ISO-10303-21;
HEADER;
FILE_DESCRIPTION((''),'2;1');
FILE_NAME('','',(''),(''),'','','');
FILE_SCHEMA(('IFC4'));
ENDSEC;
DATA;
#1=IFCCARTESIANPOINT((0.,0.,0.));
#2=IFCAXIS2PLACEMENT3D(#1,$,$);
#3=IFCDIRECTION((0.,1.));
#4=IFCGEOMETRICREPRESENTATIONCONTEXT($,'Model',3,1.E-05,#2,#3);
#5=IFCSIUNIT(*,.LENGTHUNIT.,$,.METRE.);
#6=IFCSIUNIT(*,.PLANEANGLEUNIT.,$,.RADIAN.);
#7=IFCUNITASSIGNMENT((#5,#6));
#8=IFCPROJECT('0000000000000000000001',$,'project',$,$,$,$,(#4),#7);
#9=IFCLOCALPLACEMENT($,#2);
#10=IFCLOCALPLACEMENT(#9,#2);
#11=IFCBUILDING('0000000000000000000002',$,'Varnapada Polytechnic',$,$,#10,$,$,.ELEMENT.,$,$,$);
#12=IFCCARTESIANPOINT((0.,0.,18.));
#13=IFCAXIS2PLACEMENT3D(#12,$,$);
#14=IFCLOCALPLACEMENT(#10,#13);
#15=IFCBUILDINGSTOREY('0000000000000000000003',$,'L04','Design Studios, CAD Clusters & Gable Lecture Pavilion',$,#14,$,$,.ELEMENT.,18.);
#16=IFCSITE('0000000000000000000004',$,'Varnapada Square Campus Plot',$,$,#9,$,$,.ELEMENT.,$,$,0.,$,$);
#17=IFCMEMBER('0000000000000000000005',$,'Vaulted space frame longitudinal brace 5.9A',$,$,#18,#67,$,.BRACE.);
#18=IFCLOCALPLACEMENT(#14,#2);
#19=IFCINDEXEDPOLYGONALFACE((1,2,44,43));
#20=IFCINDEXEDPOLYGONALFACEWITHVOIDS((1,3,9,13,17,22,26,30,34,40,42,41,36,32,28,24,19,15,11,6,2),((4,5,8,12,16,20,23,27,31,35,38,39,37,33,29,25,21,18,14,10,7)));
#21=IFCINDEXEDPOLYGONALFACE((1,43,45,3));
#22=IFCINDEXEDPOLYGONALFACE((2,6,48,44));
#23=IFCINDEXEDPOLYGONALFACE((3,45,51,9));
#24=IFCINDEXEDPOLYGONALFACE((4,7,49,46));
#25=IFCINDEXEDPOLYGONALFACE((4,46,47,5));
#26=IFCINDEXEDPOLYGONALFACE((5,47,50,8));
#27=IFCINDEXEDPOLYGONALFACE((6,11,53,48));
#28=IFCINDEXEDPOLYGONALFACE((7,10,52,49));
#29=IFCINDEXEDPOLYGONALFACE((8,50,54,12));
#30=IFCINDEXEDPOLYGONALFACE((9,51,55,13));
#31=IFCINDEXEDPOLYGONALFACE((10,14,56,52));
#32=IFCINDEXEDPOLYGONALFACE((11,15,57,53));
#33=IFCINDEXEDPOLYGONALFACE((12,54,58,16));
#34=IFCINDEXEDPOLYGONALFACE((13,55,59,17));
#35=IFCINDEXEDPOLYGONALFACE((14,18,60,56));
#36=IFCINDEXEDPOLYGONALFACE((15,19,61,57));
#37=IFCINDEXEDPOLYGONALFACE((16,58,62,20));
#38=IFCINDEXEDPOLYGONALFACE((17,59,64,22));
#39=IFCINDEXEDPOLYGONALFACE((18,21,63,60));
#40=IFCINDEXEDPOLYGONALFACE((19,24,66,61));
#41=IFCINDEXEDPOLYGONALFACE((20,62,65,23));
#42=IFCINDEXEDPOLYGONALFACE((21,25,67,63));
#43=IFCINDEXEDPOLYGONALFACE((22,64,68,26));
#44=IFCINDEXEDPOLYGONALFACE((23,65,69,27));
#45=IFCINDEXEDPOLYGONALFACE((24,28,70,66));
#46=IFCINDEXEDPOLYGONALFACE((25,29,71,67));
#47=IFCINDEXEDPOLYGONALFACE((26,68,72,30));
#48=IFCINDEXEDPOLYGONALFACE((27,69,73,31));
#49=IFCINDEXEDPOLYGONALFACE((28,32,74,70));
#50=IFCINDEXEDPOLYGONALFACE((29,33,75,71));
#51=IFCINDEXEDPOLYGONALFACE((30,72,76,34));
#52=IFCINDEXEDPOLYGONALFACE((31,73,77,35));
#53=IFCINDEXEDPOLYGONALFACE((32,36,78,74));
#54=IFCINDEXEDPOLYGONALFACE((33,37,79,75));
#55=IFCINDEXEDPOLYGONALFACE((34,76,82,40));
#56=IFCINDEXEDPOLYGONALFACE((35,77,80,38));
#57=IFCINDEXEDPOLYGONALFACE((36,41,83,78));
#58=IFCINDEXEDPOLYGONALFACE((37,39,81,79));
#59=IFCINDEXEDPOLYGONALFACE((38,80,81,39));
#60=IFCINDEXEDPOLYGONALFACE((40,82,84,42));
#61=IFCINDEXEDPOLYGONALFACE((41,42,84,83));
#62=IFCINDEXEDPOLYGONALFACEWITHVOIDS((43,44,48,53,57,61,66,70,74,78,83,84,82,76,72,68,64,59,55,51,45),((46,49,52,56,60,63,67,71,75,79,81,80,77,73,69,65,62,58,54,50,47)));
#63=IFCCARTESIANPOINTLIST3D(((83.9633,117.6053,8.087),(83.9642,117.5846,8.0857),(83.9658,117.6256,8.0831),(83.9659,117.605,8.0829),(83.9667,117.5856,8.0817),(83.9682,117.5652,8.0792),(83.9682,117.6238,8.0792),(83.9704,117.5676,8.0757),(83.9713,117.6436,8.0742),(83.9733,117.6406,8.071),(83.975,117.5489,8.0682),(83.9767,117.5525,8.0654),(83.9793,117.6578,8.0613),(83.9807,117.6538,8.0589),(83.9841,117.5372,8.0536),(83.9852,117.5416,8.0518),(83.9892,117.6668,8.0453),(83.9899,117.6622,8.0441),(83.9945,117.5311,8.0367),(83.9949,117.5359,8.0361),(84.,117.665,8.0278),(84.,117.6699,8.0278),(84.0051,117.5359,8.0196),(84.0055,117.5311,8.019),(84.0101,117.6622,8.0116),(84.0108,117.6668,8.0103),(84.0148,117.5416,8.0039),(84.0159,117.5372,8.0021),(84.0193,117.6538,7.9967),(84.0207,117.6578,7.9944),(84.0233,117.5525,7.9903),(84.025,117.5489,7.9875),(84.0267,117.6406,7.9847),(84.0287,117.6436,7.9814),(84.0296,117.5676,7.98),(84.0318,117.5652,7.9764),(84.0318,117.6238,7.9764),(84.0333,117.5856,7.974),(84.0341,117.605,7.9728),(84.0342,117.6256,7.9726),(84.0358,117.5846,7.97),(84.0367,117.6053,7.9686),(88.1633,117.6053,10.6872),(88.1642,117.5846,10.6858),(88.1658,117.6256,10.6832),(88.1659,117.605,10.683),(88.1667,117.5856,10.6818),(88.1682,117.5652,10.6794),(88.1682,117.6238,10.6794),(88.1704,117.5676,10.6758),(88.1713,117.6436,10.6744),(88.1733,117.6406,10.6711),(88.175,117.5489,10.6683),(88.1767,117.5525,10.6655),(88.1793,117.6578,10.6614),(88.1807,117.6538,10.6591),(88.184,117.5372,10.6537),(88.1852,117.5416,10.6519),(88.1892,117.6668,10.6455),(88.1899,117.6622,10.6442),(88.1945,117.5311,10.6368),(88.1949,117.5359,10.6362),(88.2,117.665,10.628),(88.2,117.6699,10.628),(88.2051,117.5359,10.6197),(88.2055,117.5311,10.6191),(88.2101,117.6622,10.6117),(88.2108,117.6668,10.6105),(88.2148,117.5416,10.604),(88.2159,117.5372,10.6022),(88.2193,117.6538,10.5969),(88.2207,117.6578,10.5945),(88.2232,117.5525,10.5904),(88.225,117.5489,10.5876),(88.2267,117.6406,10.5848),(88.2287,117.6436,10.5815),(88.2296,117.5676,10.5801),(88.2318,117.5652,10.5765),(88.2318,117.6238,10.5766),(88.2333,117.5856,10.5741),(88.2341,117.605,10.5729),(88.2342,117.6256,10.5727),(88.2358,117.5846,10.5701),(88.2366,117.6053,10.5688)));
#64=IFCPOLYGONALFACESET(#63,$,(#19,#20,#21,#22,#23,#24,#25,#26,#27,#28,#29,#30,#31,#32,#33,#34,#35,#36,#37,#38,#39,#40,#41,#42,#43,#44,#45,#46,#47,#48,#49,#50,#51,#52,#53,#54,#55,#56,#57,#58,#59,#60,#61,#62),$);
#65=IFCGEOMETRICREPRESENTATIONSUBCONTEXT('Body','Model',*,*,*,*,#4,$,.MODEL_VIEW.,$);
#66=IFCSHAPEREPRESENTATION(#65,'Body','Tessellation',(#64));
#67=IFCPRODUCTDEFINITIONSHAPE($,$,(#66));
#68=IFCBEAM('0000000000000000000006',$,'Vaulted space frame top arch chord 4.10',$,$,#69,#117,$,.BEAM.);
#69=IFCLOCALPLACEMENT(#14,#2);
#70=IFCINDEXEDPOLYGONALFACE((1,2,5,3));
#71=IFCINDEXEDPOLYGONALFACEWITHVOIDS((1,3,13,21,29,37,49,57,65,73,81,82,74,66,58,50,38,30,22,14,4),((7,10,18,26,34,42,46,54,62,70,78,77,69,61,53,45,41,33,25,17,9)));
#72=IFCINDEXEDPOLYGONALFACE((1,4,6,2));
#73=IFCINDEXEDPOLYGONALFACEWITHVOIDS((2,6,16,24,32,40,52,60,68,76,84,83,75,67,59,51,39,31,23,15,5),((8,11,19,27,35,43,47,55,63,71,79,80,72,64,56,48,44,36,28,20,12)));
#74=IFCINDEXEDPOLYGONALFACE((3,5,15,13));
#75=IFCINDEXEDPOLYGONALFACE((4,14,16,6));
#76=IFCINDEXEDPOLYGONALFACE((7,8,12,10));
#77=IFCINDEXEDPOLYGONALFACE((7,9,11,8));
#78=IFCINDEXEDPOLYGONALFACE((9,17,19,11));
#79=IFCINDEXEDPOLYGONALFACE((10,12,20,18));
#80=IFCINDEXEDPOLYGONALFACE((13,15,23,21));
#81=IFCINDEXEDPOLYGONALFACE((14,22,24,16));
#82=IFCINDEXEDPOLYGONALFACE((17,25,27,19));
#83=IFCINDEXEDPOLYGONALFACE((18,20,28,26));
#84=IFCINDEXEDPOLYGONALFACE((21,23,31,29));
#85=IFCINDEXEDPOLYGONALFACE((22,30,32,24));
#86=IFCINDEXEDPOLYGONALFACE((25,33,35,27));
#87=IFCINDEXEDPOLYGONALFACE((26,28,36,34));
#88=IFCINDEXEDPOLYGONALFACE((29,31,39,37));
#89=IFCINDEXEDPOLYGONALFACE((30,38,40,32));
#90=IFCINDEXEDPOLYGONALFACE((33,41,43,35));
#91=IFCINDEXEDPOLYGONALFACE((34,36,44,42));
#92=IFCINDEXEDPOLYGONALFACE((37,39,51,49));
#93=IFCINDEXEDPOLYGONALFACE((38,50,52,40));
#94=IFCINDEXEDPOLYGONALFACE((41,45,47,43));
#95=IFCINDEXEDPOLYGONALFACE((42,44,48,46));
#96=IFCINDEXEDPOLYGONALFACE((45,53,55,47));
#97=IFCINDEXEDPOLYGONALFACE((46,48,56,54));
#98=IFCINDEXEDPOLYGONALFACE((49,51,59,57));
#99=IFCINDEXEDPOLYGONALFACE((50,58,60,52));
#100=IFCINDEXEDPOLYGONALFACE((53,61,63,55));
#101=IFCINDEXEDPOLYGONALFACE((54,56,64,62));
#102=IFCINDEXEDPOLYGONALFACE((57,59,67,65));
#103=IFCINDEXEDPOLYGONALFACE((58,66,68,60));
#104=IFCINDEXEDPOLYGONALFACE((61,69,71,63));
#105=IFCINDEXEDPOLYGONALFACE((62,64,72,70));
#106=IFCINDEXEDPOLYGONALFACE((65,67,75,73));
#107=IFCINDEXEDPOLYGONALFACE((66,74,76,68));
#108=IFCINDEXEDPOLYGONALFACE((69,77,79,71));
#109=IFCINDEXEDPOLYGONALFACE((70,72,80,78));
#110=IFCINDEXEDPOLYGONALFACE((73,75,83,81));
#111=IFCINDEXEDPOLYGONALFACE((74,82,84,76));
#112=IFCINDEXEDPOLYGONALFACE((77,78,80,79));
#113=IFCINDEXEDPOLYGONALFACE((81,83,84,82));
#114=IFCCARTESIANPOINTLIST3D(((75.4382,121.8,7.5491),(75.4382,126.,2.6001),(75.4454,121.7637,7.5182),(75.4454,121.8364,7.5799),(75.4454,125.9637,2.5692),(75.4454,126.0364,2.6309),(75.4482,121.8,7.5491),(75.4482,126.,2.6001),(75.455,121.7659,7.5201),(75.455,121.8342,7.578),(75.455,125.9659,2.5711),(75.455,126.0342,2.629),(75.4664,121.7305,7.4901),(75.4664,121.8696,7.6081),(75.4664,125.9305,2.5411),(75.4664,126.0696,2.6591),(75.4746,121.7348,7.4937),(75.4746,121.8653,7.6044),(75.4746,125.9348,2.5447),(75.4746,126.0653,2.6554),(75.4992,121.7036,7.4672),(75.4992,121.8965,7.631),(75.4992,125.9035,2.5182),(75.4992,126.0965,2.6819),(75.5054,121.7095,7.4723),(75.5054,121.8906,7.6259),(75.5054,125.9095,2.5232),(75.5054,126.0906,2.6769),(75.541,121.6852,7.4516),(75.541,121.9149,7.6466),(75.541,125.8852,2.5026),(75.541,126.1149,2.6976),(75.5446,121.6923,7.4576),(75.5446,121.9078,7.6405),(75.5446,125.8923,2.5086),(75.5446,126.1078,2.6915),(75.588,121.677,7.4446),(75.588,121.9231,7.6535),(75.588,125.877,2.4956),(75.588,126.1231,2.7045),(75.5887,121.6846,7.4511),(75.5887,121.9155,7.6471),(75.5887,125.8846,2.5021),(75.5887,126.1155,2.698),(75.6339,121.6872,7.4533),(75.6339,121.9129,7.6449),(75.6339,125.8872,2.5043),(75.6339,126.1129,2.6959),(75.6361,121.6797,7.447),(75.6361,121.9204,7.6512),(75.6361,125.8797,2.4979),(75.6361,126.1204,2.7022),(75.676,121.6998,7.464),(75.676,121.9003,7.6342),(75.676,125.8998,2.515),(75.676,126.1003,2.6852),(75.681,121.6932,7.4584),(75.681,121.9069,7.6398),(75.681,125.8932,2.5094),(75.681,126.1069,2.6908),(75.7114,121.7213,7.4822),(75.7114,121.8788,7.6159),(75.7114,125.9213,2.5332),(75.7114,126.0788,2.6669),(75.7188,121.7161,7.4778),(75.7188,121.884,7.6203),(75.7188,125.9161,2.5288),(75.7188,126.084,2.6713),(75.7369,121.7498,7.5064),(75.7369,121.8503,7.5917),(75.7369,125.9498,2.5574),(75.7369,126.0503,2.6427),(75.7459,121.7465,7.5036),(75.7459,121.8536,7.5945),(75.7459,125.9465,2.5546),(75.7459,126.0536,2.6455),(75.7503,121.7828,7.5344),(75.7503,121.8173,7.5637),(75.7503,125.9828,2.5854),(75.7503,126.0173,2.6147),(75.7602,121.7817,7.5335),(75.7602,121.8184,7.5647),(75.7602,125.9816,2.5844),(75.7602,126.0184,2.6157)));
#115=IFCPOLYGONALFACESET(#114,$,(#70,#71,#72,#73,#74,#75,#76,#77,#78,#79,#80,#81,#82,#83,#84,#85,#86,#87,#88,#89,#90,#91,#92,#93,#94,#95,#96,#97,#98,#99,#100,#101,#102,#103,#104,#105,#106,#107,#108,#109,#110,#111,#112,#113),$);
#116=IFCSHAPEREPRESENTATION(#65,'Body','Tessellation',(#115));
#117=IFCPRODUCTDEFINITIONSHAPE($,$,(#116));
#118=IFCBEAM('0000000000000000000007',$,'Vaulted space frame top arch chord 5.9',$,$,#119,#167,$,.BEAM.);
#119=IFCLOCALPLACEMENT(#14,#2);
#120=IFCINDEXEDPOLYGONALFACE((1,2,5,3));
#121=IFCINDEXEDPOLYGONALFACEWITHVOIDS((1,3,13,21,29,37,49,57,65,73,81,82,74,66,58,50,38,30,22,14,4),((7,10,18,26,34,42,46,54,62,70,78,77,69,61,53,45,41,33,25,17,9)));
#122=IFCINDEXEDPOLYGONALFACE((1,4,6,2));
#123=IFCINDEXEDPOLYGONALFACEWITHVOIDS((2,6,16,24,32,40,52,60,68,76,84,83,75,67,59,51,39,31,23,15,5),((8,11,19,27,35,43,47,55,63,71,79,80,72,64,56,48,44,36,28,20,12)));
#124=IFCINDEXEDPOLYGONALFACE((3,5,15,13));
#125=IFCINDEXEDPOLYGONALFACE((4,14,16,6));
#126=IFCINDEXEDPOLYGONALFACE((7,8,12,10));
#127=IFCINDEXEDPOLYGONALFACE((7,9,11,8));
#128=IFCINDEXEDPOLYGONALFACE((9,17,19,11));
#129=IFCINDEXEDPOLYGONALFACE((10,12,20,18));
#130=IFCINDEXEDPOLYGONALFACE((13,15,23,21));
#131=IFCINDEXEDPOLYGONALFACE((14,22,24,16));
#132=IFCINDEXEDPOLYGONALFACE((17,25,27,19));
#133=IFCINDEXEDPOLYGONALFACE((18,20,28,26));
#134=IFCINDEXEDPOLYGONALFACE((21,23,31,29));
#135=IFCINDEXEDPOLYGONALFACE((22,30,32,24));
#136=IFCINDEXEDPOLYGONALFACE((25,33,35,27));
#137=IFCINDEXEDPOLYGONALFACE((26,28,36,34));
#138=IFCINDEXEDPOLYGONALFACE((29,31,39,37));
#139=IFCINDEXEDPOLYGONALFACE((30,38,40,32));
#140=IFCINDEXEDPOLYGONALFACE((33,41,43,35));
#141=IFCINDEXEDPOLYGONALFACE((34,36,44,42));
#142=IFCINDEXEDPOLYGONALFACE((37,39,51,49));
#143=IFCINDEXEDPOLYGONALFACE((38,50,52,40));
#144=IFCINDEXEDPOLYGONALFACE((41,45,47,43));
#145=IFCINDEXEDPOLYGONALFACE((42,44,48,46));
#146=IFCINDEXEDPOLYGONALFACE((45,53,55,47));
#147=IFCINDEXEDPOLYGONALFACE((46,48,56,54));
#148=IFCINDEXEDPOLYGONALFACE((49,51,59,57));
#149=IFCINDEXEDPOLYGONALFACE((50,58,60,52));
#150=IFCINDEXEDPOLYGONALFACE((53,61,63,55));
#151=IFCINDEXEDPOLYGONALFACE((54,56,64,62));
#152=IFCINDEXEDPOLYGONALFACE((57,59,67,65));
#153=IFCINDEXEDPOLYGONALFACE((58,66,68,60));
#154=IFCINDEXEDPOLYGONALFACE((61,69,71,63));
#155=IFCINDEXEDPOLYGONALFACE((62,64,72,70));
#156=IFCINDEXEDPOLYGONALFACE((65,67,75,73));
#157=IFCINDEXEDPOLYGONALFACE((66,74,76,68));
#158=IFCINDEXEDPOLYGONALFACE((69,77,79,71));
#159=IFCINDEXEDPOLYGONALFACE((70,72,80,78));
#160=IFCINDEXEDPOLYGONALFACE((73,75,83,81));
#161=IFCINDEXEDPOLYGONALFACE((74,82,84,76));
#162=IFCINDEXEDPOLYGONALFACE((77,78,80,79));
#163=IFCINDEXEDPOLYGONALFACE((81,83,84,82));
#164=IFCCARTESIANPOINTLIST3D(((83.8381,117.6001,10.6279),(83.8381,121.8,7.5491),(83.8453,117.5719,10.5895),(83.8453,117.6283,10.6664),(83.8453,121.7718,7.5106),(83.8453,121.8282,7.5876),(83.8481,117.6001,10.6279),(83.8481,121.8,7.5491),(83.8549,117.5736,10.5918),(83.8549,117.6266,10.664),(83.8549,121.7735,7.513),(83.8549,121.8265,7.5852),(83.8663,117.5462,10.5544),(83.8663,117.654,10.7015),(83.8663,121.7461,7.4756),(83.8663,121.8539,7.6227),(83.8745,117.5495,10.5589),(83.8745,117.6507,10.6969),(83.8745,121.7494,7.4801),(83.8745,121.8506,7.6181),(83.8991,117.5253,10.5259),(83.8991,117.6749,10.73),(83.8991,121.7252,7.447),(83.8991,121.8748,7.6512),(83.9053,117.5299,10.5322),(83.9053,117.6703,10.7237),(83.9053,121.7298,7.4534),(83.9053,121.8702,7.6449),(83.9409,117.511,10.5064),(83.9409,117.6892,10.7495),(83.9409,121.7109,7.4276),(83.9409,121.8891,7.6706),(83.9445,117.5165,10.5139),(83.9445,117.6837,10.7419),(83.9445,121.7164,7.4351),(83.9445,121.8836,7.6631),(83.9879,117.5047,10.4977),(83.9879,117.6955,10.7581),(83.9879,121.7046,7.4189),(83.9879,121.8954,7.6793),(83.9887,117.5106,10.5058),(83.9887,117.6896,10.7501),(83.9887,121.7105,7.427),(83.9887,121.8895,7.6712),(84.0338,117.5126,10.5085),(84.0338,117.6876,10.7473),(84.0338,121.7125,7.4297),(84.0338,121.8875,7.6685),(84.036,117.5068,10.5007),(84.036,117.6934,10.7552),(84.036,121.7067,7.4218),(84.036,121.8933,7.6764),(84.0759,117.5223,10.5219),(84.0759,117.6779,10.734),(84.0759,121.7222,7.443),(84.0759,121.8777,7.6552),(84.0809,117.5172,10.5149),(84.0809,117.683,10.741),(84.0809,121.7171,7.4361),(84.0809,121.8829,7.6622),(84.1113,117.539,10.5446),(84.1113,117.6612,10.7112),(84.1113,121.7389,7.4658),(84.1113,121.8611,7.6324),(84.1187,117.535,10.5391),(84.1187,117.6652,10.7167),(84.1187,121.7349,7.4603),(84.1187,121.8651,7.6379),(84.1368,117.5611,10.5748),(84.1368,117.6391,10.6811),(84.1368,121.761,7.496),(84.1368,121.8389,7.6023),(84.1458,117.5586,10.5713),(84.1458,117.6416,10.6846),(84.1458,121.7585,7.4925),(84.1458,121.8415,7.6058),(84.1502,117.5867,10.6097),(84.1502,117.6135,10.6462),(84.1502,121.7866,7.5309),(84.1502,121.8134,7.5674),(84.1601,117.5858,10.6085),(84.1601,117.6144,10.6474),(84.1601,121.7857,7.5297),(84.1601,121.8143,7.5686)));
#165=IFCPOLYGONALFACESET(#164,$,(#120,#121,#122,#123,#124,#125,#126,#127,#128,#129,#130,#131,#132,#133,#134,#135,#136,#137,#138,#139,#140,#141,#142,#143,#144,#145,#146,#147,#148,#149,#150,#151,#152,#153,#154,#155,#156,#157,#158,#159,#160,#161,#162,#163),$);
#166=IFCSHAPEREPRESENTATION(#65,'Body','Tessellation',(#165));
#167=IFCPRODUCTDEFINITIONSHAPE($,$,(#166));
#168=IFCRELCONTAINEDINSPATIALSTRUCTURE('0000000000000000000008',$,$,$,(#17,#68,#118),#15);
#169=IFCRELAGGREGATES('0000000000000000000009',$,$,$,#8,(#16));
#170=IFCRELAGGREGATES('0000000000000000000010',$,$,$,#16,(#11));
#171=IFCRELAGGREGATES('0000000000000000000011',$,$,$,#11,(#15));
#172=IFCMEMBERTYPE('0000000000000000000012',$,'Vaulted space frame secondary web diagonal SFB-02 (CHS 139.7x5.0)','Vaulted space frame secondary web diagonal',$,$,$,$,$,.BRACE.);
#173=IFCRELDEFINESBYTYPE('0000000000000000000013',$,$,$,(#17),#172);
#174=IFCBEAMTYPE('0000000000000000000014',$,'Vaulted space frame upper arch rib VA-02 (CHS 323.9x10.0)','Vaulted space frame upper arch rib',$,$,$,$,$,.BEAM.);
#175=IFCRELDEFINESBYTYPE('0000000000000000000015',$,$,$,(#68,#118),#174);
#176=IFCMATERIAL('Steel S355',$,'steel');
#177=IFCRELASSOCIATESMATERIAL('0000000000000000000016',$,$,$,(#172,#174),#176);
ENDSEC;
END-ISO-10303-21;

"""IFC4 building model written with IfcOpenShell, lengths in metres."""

from ifc_helpers import new_model, si_unit, direction, frame, origin, origin_2d, place, context, subcontext, project, spatial, hollow_circle, extrude, material, material_profile, profile_set, type_object, element, save


model = new_model("IFC4")

# Units and contexts
model_context = context("Model", 3, precision=1e-05, world=origin(), true_north=direction((0.0, 1.0)))
body_context = subcontext(model_context, "Body", "Model", "MODEL_VIEW")
ifc_project = project(units=[si_unit("LENGTHUNIT", "METRE"), si_unit("PLANEANGLEUNIT", "RADIAN")], contexts=[model_context])

# Site, building, storey
site_placement = place(None, origin())
site = spatial("IfcSite", under=ifc_project, at=site_placement, Name="Varnapada Square Campus Plot", CompositionType="ELEMENT", RefElevation=0.0)
building_placement = place(site_placement, origin())
building = spatial("IfcBuilding", under=site, at=building_placement, Name="Varnapada Polytechnic", CompositionType="ELEMENT")
storey_placement = place(building_placement, frame((0.0, 0.0, 18.0)))
storey = spatial("IfcBuildingStorey", under=building, at=storey_placement, Name="L04", Description="Design Studios, CAD Clusters & Gable Lecture Pavilion", CompositionType="ELEMENT", Elevation=18.0)

# Shared definitions
ifc_material = material(Name="Steel S355", Category="steel")

# Member
ifc_material_profile_1 = material_profile(ifc_material, hollow_circle(Radius=0.0698, WallThickness=0.0049, at=origin_2d()), Name="CHS 139.7x5.0")
ifc_profile_set_1 = profile_set([ifc_material_profile_1], Name="Steel S355")
member_type_1 = type_object("IfcMemberType", Name="Vaulted space frame secondary web diagonal SFB-02 (CHS 139.7x5.0)", Description="Vaulted space frame secondary web diagonal", PredefinedType="BRACE", material=ifc_profile_set_1)
for number, where, z_axis, x_axis, name in (
    (1, (84.0, 117.6001, 8.0278), (0.850254, 0.0, 0.526373), (0.0, 1.0, 0.0), "Vaulted space frame longitudinal brace 5.9A"),
):
    element("IfcMember", number, at=place(storey_placement, frame(where, z_axis=z_axis, x_axis=x_axis)), inside=storey, type_object=member_type_1, Name=name, PredefinedType="BRACE", context=body_context, shape_type="SweptSolid", body=[
        extrude(hollow_circle(Radius=0.0698, WallThickness=0.0049, at=origin_2d()), origin(), (0.0, 0.0, 1.0), 4.9397),
    ])

# Beams
ifc_material_profile_2 = material_profile(ifc_material, hollow_circle(Radius=0.1619, WallThickness=0.01, at=origin_2d()), Name="CHS 323.9x10.0")
ifc_profile_set_2 = profile_set([ifc_material_profile_2], Name="Steel S355")
beam_type_1 = type_object("IfcBeamType", Name="Vaulted space frame upper arch rib VA-02 (CHS 323.9x10.0)", Description="Vaulted space frame upper arch rib", PredefinedType="BEAM", material=ifc_profile_set_2)
beam_1_placement = place(storey_placement, frame((75.6001, 121.8, 7.5491), z_axis=(0.0, 0.647051, -0.762447), x_axis=(-1.0, 0.0, 0.0)))
element("IfcBeam", 2, at=beam_1_placement, inside=storey, type_object=beam_type_1, Name="Vaulted space frame top arch chord 4.10", PredefinedType="BEAM", context=body_context, shape_type="SweptSolid", body=[
    extrude(hollow_circle(Radius=0.1619, WallThickness=0.01, at=origin_2d()), origin(), (0.0, 0.0, 1.0), 6.491),
])
beam_2_placement = place(storey_placement, frame((84.0, 117.6001, 10.6279), z_axis=(0.0, 0.806506, -0.591225), x_axis=(-1.0, 0.0, 0.0)))
element("IfcBeam", 3, at=beam_2_placement, inside=storey, type_object=beam_type_1, Name="Vaulted space frame top arch chord 5.9", PredefinedType="BEAM", context=body_context, shape_type="SweptSolid", body=[
    extrude(hollow_circle(Radius=0.1619, WallThickness=0.01, at=origin_2d()), origin(), (0.0, 0.0, 1.0), 5.2075),
])

save(model, "model.ifc")
